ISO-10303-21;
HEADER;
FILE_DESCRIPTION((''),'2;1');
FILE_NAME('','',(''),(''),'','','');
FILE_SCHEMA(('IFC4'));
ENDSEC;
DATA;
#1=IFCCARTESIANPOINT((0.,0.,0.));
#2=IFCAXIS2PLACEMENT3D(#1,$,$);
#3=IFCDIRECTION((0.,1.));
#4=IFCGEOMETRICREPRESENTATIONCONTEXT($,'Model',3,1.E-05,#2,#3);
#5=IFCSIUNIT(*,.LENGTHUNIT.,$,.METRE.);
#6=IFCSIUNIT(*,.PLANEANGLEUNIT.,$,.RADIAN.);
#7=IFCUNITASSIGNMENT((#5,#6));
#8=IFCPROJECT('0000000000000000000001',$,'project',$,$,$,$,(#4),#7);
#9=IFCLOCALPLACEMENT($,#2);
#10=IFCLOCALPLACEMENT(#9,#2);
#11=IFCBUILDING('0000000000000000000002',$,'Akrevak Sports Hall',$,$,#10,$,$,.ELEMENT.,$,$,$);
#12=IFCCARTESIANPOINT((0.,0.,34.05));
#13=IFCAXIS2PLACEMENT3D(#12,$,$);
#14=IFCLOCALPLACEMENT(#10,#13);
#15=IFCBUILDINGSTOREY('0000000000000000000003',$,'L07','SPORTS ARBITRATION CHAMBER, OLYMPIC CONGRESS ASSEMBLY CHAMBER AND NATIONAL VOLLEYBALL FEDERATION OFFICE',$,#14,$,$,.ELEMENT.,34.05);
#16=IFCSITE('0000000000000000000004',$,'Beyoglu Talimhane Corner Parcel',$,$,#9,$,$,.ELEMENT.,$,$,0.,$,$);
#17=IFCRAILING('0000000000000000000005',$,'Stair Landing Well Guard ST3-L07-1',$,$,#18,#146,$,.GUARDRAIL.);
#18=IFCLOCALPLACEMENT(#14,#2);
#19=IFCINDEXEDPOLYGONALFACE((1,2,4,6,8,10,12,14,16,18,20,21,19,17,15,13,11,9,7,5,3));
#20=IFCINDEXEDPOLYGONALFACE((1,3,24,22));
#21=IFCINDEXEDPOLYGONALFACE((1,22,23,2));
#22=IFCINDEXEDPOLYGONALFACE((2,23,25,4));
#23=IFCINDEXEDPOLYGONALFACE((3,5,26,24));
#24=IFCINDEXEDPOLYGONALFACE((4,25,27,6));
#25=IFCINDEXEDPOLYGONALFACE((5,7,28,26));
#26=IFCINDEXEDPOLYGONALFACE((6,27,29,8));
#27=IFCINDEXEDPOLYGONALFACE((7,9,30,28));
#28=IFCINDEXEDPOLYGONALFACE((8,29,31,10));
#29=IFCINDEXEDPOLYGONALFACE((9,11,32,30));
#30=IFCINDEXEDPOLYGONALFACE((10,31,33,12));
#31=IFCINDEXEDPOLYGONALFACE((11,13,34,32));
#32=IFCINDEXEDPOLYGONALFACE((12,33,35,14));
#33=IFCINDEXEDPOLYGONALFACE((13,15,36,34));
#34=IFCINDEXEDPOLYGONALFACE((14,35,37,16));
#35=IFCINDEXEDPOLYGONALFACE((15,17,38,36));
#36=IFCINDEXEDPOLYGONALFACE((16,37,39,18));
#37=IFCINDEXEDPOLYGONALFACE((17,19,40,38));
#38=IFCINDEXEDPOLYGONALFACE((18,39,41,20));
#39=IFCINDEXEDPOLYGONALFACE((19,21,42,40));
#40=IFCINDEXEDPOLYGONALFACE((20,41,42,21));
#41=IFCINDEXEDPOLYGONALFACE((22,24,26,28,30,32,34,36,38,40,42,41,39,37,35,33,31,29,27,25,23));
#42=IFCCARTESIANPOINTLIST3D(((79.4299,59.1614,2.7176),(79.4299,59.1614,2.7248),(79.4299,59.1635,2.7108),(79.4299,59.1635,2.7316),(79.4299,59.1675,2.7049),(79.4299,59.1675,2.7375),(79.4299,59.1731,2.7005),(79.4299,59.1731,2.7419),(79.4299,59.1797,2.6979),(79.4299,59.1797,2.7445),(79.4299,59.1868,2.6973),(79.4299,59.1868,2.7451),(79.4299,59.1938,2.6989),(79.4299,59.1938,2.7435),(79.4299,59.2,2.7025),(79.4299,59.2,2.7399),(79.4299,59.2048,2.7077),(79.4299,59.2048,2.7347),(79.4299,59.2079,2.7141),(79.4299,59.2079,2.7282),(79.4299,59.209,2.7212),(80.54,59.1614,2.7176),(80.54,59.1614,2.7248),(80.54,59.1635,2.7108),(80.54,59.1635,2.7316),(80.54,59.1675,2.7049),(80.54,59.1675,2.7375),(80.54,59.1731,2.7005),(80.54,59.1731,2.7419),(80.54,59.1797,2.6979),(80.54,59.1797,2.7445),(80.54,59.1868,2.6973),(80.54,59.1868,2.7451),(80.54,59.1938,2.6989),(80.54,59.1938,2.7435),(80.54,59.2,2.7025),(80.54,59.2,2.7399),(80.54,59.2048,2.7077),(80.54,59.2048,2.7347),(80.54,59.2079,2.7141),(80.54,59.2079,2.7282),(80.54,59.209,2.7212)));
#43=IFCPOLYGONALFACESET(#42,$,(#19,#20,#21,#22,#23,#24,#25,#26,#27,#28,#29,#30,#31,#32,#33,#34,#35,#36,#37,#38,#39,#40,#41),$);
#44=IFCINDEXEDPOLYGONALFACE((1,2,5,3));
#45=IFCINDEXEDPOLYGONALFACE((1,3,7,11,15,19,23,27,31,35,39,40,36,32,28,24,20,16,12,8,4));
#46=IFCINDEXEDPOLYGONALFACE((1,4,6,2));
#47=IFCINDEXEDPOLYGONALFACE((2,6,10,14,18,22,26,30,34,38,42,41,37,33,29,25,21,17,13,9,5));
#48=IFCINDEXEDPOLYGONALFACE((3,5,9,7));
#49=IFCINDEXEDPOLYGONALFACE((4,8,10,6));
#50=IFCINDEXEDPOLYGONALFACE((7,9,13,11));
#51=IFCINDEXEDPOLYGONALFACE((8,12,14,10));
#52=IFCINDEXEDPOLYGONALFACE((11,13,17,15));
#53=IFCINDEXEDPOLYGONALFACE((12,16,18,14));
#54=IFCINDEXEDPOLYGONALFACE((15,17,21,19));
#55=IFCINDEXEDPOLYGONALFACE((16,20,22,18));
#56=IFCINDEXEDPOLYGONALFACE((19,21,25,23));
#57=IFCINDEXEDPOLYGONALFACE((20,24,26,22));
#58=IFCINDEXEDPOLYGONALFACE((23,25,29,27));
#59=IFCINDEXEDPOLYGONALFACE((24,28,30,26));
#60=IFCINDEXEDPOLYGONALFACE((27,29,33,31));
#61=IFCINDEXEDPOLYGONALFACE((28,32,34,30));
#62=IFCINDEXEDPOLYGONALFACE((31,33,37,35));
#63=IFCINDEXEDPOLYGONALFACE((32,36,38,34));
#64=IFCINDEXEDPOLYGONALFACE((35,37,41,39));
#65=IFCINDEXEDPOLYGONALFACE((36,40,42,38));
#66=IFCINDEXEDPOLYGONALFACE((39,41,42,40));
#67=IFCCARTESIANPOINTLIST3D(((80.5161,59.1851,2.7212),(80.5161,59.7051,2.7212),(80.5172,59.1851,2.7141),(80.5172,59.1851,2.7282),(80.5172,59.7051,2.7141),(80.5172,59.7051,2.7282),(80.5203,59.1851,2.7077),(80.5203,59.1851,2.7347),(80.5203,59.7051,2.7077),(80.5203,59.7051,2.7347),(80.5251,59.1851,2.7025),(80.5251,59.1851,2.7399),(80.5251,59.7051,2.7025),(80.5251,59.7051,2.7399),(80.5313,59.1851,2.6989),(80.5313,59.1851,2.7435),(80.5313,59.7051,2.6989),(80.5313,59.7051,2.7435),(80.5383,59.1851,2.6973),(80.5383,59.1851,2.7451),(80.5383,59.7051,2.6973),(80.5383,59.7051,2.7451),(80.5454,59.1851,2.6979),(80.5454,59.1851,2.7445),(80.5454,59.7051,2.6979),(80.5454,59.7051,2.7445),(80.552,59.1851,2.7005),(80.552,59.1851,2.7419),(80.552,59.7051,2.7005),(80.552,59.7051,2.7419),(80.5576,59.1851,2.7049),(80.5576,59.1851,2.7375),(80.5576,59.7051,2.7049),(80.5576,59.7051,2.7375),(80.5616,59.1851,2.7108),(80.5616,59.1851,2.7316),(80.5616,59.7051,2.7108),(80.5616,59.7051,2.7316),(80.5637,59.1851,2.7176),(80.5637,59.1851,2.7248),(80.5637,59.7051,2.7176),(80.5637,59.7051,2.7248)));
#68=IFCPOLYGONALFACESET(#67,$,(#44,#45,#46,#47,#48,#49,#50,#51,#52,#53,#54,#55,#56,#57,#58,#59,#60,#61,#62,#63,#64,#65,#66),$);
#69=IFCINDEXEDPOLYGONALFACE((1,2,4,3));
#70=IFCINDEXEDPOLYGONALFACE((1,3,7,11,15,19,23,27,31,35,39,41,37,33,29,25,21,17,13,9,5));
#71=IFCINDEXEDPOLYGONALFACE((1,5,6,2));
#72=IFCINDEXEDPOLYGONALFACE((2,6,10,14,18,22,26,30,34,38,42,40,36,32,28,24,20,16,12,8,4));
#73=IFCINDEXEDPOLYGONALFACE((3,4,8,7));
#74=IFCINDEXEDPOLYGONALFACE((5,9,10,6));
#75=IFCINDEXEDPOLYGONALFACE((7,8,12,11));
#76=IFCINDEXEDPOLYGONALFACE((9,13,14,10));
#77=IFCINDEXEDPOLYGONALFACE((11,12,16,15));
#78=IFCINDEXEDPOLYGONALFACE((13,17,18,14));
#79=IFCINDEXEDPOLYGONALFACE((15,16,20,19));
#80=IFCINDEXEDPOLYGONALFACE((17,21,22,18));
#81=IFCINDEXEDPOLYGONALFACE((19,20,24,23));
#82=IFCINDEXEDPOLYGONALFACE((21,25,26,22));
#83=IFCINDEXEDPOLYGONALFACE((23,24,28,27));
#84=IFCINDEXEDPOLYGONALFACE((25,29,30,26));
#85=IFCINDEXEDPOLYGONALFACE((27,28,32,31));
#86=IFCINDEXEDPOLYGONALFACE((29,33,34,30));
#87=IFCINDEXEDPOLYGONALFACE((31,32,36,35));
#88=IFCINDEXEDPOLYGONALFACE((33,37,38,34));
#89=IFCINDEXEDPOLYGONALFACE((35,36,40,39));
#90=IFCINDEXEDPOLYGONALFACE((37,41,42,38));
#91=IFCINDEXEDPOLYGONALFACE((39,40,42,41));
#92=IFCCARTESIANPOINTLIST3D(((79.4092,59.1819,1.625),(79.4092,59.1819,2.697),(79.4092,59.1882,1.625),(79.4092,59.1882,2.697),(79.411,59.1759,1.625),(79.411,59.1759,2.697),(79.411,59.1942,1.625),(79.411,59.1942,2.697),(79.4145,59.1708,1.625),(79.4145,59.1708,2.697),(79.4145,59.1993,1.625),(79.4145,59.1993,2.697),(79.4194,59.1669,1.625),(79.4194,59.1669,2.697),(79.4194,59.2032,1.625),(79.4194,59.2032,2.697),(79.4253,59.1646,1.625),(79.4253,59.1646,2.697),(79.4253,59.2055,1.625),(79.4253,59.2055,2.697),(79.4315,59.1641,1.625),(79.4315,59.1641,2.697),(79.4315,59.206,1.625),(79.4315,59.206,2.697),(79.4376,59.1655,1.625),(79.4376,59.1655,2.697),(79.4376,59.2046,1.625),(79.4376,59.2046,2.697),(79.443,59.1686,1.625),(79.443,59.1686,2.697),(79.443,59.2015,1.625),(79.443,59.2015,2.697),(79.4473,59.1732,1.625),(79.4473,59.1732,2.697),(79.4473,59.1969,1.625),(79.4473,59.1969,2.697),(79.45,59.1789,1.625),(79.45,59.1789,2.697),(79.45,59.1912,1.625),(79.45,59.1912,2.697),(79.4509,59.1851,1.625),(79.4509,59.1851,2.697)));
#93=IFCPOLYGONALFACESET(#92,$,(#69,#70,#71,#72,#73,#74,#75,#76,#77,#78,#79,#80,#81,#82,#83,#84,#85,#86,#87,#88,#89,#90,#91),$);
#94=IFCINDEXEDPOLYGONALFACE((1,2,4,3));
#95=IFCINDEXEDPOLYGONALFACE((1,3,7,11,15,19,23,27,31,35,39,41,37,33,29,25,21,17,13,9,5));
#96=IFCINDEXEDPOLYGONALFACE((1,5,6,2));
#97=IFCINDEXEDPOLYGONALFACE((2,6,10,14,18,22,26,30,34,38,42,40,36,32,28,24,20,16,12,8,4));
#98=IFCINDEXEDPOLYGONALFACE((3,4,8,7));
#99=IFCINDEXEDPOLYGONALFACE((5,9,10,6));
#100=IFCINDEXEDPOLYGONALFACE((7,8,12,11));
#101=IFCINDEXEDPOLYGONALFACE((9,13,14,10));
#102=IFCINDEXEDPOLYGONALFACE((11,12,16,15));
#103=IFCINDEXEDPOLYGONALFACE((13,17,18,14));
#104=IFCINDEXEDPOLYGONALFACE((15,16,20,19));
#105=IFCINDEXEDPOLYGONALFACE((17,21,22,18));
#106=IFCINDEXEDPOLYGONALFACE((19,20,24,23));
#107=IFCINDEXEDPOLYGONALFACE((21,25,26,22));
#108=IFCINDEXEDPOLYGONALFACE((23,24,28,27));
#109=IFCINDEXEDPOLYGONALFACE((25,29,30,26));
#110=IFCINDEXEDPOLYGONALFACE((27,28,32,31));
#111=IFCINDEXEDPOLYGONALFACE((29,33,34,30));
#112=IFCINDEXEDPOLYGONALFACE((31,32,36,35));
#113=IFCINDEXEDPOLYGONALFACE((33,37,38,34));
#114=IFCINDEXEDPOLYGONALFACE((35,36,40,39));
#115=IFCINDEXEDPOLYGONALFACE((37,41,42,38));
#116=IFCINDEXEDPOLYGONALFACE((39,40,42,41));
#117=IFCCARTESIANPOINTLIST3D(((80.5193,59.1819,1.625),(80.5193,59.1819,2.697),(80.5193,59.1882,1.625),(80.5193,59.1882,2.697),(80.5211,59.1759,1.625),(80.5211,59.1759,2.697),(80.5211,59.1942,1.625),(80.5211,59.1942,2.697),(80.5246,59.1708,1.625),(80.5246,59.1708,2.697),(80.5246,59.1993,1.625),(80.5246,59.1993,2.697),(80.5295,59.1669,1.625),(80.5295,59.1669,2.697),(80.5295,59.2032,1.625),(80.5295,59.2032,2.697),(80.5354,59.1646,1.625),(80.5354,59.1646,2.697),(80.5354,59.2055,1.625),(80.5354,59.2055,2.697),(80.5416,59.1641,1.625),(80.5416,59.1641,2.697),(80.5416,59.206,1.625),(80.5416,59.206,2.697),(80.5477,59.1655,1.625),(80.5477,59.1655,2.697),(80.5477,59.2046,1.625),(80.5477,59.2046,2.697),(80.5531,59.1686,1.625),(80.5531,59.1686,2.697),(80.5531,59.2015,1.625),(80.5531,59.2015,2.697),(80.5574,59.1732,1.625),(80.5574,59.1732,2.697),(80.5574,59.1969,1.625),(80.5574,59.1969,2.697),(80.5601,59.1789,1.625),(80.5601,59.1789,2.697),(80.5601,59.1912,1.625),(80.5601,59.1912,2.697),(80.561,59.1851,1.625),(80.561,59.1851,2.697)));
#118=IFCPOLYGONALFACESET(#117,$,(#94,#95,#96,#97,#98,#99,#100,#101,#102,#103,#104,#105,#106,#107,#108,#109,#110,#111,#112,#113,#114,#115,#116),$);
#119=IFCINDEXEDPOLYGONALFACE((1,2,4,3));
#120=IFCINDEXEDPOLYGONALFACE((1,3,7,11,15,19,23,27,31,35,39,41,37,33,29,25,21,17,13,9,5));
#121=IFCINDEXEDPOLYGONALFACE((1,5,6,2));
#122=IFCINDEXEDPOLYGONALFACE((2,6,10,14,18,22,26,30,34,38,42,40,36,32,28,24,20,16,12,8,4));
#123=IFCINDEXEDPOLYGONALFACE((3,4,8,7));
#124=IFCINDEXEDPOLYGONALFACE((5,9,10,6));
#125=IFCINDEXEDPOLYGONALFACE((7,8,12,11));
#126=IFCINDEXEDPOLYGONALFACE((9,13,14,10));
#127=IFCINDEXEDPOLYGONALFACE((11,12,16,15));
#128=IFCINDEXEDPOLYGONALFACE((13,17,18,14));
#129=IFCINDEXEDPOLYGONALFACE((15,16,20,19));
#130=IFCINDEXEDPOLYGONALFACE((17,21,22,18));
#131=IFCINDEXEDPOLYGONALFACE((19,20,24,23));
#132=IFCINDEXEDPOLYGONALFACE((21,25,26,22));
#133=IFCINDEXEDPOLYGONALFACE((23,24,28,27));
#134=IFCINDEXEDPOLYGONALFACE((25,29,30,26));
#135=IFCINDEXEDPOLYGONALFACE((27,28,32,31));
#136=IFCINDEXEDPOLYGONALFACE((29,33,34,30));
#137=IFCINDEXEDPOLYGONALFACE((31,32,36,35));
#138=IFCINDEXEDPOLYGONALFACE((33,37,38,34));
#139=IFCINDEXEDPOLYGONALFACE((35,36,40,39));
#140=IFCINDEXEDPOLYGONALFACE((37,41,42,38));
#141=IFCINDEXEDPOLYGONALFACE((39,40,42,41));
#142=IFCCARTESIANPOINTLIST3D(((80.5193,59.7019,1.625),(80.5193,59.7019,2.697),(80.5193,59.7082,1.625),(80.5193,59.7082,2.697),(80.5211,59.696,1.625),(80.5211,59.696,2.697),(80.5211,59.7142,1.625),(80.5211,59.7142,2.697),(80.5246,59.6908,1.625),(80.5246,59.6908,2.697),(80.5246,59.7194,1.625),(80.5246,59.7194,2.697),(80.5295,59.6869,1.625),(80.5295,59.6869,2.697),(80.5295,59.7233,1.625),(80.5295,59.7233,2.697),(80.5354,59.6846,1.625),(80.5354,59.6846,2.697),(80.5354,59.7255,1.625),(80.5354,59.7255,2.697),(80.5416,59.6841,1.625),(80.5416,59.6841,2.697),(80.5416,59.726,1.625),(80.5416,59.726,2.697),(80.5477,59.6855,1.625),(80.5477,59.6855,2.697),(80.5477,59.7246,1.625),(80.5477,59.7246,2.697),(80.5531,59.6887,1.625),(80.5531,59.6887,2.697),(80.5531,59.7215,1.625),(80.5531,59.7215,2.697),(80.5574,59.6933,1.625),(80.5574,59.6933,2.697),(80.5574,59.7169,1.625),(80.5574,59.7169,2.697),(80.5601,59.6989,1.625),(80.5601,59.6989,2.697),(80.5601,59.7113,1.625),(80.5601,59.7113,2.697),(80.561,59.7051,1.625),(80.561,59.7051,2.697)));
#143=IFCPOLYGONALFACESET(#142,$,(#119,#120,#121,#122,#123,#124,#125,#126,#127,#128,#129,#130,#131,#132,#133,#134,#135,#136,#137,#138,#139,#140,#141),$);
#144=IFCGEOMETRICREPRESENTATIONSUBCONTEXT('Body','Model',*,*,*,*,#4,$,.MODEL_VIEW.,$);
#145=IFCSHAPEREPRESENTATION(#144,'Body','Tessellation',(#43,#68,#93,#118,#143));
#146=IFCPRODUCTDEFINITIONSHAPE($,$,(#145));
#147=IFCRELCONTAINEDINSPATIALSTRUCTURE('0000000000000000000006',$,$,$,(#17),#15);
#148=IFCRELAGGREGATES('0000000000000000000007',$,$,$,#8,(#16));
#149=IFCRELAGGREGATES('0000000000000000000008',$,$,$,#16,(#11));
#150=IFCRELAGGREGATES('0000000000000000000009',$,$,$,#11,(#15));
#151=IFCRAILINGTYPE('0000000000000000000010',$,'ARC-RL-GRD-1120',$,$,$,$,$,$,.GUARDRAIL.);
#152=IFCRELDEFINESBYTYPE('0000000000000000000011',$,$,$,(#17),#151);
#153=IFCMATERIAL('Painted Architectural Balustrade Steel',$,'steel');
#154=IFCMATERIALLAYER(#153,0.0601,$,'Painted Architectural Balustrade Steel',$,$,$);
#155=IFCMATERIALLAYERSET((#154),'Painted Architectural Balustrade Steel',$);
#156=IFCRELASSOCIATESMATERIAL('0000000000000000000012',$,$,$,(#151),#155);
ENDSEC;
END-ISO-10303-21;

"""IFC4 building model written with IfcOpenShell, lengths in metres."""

from ifc_helpers import new_model, si_unit, direction, frame, origin, origin_2d, place, context, subcontext, project, spatial, circle, extrude, material, layer, layer_set, type_object, element, save


model = new_model("IFC4")

# Units and contexts
model_context = context("Model", 3, precision=1e-05, world=origin(), true_north=direction((0.0, 1.0)))
body_context = subcontext(model_context, "Body", "Model", "MODEL_VIEW")
ifc_project = project(units=[si_unit("LENGTHUNIT", "METRE"), si_unit("PLANEANGLEUNIT", "RADIAN")], contexts=[model_context])

# Site, building, storey
site_placement = place(None, origin())
site = spatial("IfcSite", under=ifc_project, at=site_placement, Name="Beyoglu Talimhane Corner Parcel", CompositionType="ELEMENT", RefElevation=0.0)
building_placement = place(site_placement, origin())
building = spatial("IfcBuilding", under=site, at=building_placement, Name="Akrevak Sports Hall", CompositionType="ELEMENT")
storey_placement = place(building_placement, frame((0.0, 0.0, 34.05)))
storey = spatial("IfcBuildingStorey", under=building, at=storey_placement, Name="L07", Description="SPORTS ARBITRATION CHAMBER, OLYMPIC CONGRESS ASSEMBLY CHAMBER AND NATIONAL VOLLEYBALL FEDERATION OFFICE", CompositionType="ELEMENT", Elevation=34.05)

# Railing
ifc_material_1 = material(Name="Painted Architectural Balustrade Steel", Category="steel")
ifc_layer_1 = layer(ifc_material_1, 0.0601, Name="Painted Architectural Balustrade Steel")
ifc_layer_set_1 = layer_set([ifc_layer_1], Name="Painted Architectural Balustrade Steel")
railing_type_1 = type_object("IfcRailingType", Name="ARC-RL-GRD-1120", PredefinedType="GUARDRAIL", material=ifc_layer_set_1)
railing_1_placement = place(storey_placement, frame((79.4299, 59.1851, 1.625)))
element("IfcRailing", 1, at=railing_1_placement, inside=storey, type_object=railing_type_1, Name="Stair Landing Well Guard ST3-L07-1", PredefinedType="GUARDRAIL", context=body_context, shape_type="SweptSolid", body=[
    extrude(circle(Radius=0.0239, at=origin_2d()), frame((0.0, 0.0, 1.0962), z_axis=(1.0, 0.0, 0.0), x_axis=(0.0, 1.0, 0.0)), (0.0, 0.0, 1.0), 1.1101),
    extrude(circle(Radius=0.0239, at=origin_2d()), frame((1.1101, 0.0, 1.0962), z_axis=(0.0, 1.0, 0.0), x_axis=(-1.0, 0.0, 0.0)), (0.0, 0.0, 1.0), 0.52),
    extrude(circle(Radius=0.021, at=origin_2d()), origin(), (0.0, 0.0, 1.0), 1.072),
    extrude(circle(Radius=0.021, at=origin_2d()), frame((1.1101, 0.0, 0.0)), (0.0, 0.0, 1.0), 1.072),
    extrude(circle(Radius=0.021, at=origin_2d()), frame((1.1101, 0.52, 0.0)), (0.0, 0.0, 1.0), 1.072),
])

save(model, "model.ifc")
